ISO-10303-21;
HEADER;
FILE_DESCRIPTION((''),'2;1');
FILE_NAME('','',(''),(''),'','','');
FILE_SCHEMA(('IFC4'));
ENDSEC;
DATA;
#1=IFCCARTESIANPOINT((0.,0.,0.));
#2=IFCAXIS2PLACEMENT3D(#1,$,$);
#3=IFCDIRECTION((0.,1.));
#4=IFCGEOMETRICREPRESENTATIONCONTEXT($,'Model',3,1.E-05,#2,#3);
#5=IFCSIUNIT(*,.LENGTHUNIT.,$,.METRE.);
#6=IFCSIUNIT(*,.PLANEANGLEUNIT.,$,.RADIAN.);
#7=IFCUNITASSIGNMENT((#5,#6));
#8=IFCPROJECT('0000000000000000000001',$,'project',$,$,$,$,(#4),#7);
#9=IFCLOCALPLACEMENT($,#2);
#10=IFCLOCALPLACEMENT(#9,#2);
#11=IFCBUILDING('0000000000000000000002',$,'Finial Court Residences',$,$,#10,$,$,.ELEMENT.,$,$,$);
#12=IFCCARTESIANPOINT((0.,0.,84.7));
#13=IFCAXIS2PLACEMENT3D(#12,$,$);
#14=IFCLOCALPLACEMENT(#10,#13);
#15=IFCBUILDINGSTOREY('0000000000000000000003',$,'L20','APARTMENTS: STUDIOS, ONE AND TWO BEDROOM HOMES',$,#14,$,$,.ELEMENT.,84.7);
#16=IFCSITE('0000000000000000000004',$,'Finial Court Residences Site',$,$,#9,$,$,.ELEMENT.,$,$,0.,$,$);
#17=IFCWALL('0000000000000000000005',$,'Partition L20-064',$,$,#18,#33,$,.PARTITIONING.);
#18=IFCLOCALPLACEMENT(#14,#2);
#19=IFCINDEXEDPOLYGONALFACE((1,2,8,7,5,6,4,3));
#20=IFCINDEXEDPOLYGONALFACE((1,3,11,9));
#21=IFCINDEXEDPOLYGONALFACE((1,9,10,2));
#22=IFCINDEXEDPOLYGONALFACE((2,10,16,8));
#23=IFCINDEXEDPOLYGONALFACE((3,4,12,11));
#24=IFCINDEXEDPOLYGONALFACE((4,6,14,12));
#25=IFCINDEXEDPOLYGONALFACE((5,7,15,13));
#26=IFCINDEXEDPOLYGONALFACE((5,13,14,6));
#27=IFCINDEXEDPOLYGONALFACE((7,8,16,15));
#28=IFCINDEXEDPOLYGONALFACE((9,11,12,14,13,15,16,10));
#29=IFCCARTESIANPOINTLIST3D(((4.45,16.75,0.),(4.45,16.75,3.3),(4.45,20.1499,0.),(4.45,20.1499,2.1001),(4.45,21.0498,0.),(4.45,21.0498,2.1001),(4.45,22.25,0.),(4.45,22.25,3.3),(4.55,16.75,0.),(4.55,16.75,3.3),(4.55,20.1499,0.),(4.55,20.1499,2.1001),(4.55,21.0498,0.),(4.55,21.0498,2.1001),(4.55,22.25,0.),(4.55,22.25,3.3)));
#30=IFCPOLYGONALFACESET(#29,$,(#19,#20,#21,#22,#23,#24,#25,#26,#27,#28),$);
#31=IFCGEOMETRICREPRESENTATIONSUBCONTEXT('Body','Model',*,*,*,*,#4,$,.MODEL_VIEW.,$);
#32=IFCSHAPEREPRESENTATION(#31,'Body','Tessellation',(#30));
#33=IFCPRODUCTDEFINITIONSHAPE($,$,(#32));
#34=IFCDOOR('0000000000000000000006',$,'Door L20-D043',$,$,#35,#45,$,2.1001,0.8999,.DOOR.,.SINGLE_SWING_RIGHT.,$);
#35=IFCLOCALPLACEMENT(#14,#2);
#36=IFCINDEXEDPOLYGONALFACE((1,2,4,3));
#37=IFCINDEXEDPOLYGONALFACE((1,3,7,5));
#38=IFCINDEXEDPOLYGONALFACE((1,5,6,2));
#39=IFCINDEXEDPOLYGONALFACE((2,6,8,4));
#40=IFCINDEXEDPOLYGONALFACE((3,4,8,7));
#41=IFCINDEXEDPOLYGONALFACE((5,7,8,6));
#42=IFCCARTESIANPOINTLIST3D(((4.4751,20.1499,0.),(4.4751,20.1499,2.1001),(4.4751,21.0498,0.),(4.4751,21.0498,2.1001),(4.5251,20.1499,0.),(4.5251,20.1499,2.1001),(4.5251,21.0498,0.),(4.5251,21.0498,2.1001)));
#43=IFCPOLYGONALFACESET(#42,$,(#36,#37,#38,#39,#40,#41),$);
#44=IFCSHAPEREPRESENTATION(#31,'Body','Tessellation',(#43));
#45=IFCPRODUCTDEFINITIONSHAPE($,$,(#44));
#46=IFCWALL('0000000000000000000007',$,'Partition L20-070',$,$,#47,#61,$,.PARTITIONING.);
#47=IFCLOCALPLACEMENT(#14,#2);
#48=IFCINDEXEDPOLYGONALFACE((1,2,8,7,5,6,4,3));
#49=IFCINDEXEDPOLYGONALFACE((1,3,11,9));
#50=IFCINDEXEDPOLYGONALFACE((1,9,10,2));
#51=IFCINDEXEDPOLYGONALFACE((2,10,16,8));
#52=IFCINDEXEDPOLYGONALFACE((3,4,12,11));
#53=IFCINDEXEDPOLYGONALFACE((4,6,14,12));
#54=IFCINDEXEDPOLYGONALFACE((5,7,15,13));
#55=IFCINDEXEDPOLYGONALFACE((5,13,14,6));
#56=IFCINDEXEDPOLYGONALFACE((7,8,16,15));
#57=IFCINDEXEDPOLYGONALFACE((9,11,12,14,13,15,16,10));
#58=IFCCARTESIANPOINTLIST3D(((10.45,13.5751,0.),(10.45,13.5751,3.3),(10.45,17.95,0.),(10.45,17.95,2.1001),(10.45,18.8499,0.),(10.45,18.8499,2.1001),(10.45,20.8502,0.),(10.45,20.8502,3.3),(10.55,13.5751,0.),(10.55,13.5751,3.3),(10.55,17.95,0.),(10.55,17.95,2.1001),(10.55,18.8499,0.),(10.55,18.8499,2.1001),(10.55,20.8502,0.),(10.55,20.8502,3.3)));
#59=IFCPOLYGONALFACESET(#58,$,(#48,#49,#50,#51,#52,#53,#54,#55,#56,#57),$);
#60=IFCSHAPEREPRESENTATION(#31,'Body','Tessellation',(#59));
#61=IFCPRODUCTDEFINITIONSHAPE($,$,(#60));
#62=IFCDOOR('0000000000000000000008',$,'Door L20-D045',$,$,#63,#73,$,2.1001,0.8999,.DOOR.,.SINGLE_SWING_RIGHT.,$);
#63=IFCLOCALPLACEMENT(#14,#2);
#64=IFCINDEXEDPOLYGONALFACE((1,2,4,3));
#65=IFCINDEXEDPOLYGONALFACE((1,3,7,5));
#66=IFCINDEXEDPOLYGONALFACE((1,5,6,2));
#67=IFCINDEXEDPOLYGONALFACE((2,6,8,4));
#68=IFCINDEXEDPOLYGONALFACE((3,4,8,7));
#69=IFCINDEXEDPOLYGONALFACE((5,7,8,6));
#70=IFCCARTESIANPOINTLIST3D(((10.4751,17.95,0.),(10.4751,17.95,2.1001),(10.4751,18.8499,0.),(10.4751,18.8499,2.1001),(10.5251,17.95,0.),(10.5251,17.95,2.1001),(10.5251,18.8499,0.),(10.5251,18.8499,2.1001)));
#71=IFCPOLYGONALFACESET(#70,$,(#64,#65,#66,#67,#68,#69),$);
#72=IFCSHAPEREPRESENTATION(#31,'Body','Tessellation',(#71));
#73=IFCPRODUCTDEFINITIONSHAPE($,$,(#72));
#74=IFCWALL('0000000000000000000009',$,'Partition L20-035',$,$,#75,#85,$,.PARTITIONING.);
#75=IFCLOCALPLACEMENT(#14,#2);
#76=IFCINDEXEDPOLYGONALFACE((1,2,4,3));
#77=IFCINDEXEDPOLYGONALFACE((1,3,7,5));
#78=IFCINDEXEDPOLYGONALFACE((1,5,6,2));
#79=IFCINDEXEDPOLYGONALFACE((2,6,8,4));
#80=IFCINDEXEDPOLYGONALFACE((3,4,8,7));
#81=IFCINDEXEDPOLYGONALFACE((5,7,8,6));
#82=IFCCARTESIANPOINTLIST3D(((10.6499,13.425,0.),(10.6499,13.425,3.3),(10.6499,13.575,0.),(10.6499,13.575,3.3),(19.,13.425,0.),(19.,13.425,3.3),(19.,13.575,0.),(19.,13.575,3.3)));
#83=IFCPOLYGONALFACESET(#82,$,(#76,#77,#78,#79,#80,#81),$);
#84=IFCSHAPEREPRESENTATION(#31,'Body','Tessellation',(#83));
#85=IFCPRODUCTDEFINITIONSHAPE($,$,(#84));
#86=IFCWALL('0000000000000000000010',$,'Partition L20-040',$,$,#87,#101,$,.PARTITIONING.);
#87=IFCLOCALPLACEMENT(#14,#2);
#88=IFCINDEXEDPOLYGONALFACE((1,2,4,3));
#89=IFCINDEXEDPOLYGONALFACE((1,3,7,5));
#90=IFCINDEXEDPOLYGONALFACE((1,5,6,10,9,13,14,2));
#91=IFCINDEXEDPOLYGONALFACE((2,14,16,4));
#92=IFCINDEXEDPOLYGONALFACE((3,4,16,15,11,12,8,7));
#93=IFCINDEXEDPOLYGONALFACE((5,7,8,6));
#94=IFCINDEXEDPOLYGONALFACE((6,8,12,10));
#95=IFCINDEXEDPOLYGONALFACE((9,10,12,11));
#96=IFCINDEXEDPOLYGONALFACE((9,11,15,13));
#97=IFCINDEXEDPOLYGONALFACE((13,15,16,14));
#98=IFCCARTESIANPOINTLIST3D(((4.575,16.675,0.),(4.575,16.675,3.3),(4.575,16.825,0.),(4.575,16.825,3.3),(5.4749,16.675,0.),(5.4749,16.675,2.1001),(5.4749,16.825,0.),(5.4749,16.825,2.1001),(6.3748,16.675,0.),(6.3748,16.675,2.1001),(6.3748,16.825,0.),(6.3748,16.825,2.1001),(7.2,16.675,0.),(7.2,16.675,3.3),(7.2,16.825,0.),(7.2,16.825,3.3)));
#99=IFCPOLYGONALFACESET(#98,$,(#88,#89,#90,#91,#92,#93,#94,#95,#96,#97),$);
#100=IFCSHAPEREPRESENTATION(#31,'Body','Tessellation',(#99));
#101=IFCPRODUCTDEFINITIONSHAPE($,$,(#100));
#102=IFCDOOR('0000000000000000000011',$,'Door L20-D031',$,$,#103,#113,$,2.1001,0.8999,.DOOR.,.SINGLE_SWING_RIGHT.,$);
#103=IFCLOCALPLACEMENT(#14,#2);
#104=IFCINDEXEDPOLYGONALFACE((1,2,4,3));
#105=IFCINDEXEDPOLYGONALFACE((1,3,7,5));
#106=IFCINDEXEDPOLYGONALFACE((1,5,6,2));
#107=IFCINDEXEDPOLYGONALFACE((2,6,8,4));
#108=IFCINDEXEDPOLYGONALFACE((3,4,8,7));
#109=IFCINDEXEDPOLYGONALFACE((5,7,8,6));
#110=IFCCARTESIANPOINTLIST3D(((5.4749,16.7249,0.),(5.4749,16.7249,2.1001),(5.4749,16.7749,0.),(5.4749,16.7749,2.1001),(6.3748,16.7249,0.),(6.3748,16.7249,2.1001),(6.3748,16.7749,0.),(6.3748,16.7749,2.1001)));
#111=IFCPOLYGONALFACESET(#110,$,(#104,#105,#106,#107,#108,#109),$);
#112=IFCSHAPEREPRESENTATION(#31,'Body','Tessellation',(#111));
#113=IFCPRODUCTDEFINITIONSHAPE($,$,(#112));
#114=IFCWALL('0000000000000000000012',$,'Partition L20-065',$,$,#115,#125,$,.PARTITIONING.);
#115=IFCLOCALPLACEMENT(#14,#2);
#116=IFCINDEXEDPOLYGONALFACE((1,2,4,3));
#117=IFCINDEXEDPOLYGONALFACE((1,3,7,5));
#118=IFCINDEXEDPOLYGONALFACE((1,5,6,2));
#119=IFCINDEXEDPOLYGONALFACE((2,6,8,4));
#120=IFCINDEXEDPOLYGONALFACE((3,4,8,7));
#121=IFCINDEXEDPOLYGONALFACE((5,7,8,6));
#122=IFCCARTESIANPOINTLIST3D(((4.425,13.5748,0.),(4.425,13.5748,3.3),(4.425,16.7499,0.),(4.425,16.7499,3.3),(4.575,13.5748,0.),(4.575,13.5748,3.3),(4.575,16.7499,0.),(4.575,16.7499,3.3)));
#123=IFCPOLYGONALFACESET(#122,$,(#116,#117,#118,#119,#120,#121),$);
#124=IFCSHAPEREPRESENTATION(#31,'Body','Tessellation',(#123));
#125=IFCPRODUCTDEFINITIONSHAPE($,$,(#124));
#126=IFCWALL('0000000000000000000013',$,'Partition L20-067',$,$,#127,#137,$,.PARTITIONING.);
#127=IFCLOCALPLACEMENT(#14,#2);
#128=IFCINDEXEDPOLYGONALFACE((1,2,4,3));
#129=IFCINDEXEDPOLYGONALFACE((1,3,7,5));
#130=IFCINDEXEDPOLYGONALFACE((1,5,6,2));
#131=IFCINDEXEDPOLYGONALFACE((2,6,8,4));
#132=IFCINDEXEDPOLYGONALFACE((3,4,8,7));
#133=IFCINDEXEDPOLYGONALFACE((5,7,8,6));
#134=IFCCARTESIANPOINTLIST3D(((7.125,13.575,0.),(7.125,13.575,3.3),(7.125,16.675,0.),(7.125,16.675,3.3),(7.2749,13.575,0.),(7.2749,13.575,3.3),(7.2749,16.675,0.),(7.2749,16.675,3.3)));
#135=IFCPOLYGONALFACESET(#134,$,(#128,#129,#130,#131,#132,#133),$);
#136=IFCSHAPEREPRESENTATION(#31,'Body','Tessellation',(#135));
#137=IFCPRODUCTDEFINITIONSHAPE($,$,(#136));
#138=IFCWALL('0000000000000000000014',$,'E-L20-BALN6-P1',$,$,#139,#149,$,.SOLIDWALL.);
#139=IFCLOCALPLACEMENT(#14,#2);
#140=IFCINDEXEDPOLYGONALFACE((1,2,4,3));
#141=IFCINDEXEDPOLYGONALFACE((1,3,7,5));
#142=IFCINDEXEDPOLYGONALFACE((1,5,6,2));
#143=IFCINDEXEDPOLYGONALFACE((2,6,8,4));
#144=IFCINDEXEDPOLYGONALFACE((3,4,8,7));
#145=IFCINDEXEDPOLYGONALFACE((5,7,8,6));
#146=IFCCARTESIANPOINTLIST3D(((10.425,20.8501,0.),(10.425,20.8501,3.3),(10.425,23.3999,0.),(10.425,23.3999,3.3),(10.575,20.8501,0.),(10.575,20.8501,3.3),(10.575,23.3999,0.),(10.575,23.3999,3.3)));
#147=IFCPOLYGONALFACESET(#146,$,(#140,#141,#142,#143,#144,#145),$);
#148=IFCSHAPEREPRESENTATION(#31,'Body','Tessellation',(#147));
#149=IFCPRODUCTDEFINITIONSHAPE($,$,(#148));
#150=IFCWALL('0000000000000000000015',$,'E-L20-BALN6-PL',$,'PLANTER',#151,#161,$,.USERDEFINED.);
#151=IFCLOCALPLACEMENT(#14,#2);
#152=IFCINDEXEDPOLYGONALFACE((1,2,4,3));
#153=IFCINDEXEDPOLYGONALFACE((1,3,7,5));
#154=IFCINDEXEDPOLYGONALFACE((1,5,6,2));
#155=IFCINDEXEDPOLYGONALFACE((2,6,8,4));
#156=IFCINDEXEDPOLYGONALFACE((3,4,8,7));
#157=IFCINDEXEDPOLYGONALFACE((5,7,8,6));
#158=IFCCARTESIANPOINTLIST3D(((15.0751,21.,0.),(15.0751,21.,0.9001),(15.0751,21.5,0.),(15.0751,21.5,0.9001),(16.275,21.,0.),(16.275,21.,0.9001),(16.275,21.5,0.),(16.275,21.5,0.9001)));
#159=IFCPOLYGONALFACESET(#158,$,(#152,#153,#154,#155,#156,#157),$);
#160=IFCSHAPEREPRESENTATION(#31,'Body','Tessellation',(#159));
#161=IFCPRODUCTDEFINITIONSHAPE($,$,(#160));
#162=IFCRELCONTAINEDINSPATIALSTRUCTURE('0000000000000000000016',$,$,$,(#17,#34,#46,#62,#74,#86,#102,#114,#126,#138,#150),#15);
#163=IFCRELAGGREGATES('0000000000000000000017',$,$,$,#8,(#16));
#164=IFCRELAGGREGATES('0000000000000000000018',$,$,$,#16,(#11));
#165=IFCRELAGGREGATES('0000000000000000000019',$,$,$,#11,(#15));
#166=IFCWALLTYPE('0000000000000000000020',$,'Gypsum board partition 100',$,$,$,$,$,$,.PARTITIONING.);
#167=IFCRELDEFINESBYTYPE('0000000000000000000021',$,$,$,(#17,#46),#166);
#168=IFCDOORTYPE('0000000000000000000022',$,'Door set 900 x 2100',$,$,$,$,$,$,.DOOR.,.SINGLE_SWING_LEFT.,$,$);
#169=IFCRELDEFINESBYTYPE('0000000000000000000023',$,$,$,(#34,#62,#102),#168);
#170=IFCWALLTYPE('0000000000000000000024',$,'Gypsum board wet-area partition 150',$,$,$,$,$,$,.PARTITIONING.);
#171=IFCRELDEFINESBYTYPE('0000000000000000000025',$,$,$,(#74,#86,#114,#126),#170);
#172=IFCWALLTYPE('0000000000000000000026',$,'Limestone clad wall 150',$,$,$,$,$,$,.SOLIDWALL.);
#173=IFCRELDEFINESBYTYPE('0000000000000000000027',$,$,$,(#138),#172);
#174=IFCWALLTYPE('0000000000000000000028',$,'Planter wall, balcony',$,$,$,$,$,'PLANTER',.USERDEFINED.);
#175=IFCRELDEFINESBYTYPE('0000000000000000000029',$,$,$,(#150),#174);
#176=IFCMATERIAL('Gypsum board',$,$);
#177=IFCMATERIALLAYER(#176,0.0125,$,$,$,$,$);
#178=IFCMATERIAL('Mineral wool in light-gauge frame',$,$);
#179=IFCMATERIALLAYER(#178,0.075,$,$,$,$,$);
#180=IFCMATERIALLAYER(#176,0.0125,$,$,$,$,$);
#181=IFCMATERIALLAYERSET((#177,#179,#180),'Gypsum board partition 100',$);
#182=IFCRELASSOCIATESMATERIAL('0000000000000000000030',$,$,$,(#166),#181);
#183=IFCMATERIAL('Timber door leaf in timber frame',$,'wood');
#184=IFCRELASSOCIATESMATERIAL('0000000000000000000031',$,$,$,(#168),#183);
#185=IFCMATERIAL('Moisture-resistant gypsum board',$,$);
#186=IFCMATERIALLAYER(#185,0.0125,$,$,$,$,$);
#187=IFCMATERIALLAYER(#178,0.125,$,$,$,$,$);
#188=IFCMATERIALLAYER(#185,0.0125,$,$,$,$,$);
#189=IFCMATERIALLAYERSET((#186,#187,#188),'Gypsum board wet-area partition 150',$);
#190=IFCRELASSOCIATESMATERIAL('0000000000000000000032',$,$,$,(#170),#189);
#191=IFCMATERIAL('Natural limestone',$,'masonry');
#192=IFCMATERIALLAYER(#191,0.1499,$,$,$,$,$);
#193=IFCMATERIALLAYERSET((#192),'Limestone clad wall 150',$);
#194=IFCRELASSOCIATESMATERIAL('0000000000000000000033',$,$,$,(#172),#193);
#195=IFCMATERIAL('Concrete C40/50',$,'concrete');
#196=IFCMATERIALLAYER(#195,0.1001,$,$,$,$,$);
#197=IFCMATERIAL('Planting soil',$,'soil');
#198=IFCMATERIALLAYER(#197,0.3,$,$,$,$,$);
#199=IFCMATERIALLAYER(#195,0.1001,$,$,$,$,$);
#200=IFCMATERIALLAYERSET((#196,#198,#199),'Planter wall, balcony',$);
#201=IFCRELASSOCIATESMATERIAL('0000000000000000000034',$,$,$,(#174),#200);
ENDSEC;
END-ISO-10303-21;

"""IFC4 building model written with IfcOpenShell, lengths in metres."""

from ifc_helpers import new_model, si_unit, direction, frame, frame_2d, origin, place, context, subcontext, project, spatial, rectangle, extrude, material, layer, layer_set, type_object, element, fill, save


model = new_model("IFC4")

# Units and contexts
model_context = context("Model", 3, precision=1e-05, world=origin(), true_north=direction((0.0, 1.0)))
body_context = subcontext(model_context, "Body", "Model", "MODEL_VIEW")
ifc_project = project(units=[si_unit("LENGTHUNIT", "METRE"), si_unit("PLANEANGLEUNIT", "RADIAN")], contexts=[model_context])

# Site, building, storey
site_placement = place(None, origin())
site = spatial("IfcSite", under=ifc_project, at=site_placement, Name="Finial Court Residences Site", CompositionType="ELEMENT", RefElevation=0.0)
building_placement = place(site_placement, origin())
building = spatial("IfcBuilding", under=site, at=building_placement, Name="Finial Court Residences", CompositionType="ELEMENT")
storey_placement = place(building_placement, frame((0.0, 0.0, 84.7)))
storey = spatial("IfcBuildingStorey", under=building, at=storey_placement, Name="L20", Description="APARTMENTS: STUDIOS, ONE AND TWO BEDROOM HOMES", CompositionType="ELEMENT", Elevation=84.7)

# Walls, openings, doors
ifc_material_1 = material(Name="Gypsum board")
ifc_layer_1 = layer(ifc_material_1, 0.0125)
ifc_material_2 = material(Name="Mineral wool in light-gauge frame")
ifc_layer_2 = layer(ifc_material_2, 0.075)
ifc_layer_3 = layer(ifc_material_1, 0.0125)
ifc_layer_set_1 = layer_set([ifc_layer_1, ifc_layer_2, ifc_layer_3], Name="Gypsum board partition 100")
wall_type_1 = type_object("IfcWallType", Name="Gypsum board partition 100", PredefinedType="PARTITIONING", material=ifc_layer_set_1)
ifc_material_3 = material(Name="Timber door leaf in timber frame", Category="wood")
door_type_1 = type_object("IfcDoorType", Name="Door set 900 x 2100", OperationType="SINGLE_SWING_LEFT", PredefinedType="DOOR", material=ifc_material_3)
wall_1_placement = place(storey_placement, frame((4.5, 16.75, 0.0), z_axis=(0.0, 0.0, 1.0), x_axis=(0.0, 1.0, 0.0)))
wall_1 = element("IfcWall", 1, at=wall_1_placement, inside=storey, type_object=wall_type_1, Name="Partition L20-064", PredefinedType="PARTITIONING", context=body_context, shape_type="SweptSolid", body=[
    extrude(rectangle(XDim=5.5, YDim=0.1001, at=frame_2d((2.75, 0.0))), origin(), (0.0, 0.0, 1.0), 3.3),
])
opening_1_placement = place(wall_1_placement, frame((3.3999, 0.0, 0.0)))
opening_1 = element("IfcOpeningElement", 2, at=opening_1_placement, cuts=wall_1, PredefinedType="OPENING", context=body_context, shape_type="SweptSolid", body=[
    extrude(rectangle(XDim=0.8999, YDim=2.1001, at=frame_2d((0.45, 1.05))), frame((0.0, 0.0601, 0.0), z_axis=(0.0, -1.0, 0.0), x_axis=(1.0, 0.0, 0.0)), (0.0, 0.0, 1.0), 0.1201),
])
door_1_placement = place(opening_1_placement, origin())
door_1 = element("IfcDoor", 3, at=door_1_placement, inside=storey, type_object=door_type_1, Name="Door L20-D043", OperationType="SINGLE_SWING_RIGHT", OverallHeight=2.1001, OverallWidth=0.8999, PredefinedType="DOOR", context=body_context, shape_type="SweptSolid", body=[
    extrude(rectangle(XDim=0.8999, YDim=2.1001, at=frame_2d((0.45, 1.05))), frame((0.0, 0.0249, 0.0), z_axis=(0.0, -1.0, 0.0), x_axis=(1.0, 0.0, 0.0)), (0.0, 0.0, 1.0), 0.05),
])
fill(opening_1, door_1)
wall_2_placement = place(storey_placement, frame((10.5, 13.575, 0.0), z_axis=(0.0, 0.0, 1.0), x_axis=(0.0, 1.0, 0.0)))
wall_2 = element("IfcWall", 4, at=wall_2_placement, inside=storey, type_object=wall_type_1, Name="Partition L20-070", PredefinedType="PARTITIONING", context=body_context, shape_type="SweptSolid", body=[
    extrude(rectangle(XDim=7.2751, YDim=0.1001, at=frame_2d((3.6377, 0.0))), origin(), (0.0, 0.0, 1.0), 3.3),
])
opening_2_placement = place(wall_2_placement, frame((4.375, 0.0, 0.0)))
opening_2 = element("IfcOpeningElement", 5, at=opening_2_placement, cuts=wall_2, PredefinedType="OPENING", context=body_context, shape_type="SweptSolid", body=[
    extrude(rectangle(XDim=0.8999, YDim=2.1001, at=frame_2d((0.45, 1.05))), frame((0.0, 0.0601, 0.0), z_axis=(0.0, -1.0, 0.0), x_axis=(1.0, 0.0, 0.0)), (0.0, 0.0, 1.0), 0.1201),
])
door_2_placement = place(opening_2_placement, origin())
door_2 = element("IfcDoor", 6, at=door_2_placement, inside=storey, type_object=door_type_1, Name="Door L20-D045", OperationType="SINGLE_SWING_RIGHT", OverallHeight=2.1001, OverallWidth=0.8999, PredefinedType="DOOR", context=body_context, shape_type="SweptSolid", body=[
    extrude(rectangle(XDim=0.8999, YDim=2.1001, at=frame_2d((0.45, 1.05))), frame((0.0, 0.0249, 0.0), z_axis=(0.0, -1.0, 0.0), x_axis=(1.0, 0.0, 0.0)), (0.0, 0.0, 1.0), 0.05),
])
fill(opening_2, door_2)

# Wall
ifc_material_4 = material(Name="Moisture-resistant gypsum board")
ifc_layer_4 = layer(ifc_material_4, 0.0125)
ifc_layer_5 = layer(ifc_material_2, 0.125)
ifc_layer_6 = layer(ifc_material_4, 0.0125)
ifc_layer_set_2 = layer_set([ifc_layer_4, ifc_layer_5, ifc_layer_6], Name="Gypsum board wet-area partition 150")
wall_type_2 = type_object("IfcWallType", Name="Gypsum board wet-area partition 150", PredefinedType="PARTITIONING", material=ifc_layer_set_2)
wall_3_placement = place(storey_placement, frame((10.6499, 13.5, 0.0), z_axis=(0.0, 0.0, 1.0), x_axis=(1.0, 0.0, 0.0)))
element("IfcWall", 7, at=wall_3_placement, inside=storey, type_object=wall_type_2, Name="Partition L20-035", PredefinedType="PARTITIONING", context=body_context, shape_type="SweptSolid", body=[
    extrude(rectangle(XDim=8.3501, YDim=0.1499, at=frame_2d((4.175, 0.0))), origin(), (0.0, 0.0, 1.0), 3.3),
])

# Wall, opening, door
wall_4_placement = place(storey_placement, frame((4.575, 16.75, 0.0), z_axis=(0.0, 0.0, 1.0), x_axis=(1.0, 0.0, 0.0)))
wall_4 = element("IfcWall", 8, at=wall_4_placement, inside=storey, type_object=wall_type_2, Name="Partition L20-040", PredefinedType="PARTITIONING", context=body_context, shape_type="SweptSolid", body=[
    extrude(rectangle(XDim=2.625, YDim=0.1499, at=frame_2d((1.3125, 0.0))), origin(), (0.0, 0.0, 1.0), 3.3),
])
opening_3_placement = place(wall_4_placement, frame((0.8999, 0.0, 0.0)))
opening_3 = element("IfcOpeningElement", 9, at=opening_3_placement, cuts=wall_4, PredefinedType="OPENING", context=body_context, shape_type="SweptSolid", body=[
    extrude(rectangle(XDim=0.8999, YDim=2.1001, at=frame_2d((0.45, 1.05))), frame((0.0, 0.085, 0.0), z_axis=(0.0, -1.0, 0.0), x_axis=(1.0, 0.0, 0.0)), (0.0, 0.0, 1.0), 0.1699),
])
door_3_placement = place(opening_3_placement, origin())
door_3 = element("IfcDoor", 10, at=door_3_placement, inside=storey, type_object=door_type_1, Name="Door L20-D031", OperationType="SINGLE_SWING_RIGHT", OverallHeight=2.1001, OverallWidth=0.8999, PredefinedType="DOOR", context=body_context, shape_type="SweptSolid", body=[
    extrude(rectangle(XDim=0.8999, YDim=2.1001, at=frame_2d((0.45, 1.05))), frame((0.0, 0.0249, 0.0), z_axis=(0.0, -1.0, 0.0), x_axis=(1.0, 0.0, 0.0)), (0.0, 0.0, 1.0), 0.05),
])
fill(opening_3, door_3)

# Walls
wall_5_placement = place(storey_placement, frame((4.5, 13.575, 0.0), z_axis=(0.0, 0.0, 1.0), x_axis=(0.0, 1.0, 0.0)))
element("IfcWall", 11, at=wall_5_placement, inside=storey, type_object=wall_type_2, Name="Partition L20-065", PredefinedType="PARTITIONING", context=body_context, shape_type="SweptSolid", body=[
    extrude(rectangle(XDim=3.175, YDim=0.1499, at=frame_2d((1.5874, 0.0))), origin(), (0.0, 0.0, 1.0), 3.3),
])
wall_6_placement = place(storey_placement, frame((7.2, 13.575, 0.0), z_axis=(0.0, 0.0, 1.0), x_axis=(0.0, 1.0, 0.0)))
element("IfcWall", 12, at=wall_6_placement, inside=storey, type_object=wall_type_2, Name="Partition L20-067", PredefinedType="PARTITIONING", context=body_context, shape_type="SweptSolid", body=[
    extrude(rectangle(XDim=3.1001, YDim=0.1499, at=frame_2d((1.55, 0.0))), origin(), (0.0, 0.0, 1.0), 3.3),
])
ifc_material_5 = material(Name="Natural limestone", Category="masonry")
ifc_layer_7 = layer(ifc_material_5, 0.1499)
ifc_layer_set_3 = layer_set([ifc_layer_7], Name="Limestone clad wall 150")
wall_type_3 = type_object("IfcWallType", Name="Limestone clad wall 150", PredefinedType="SOLIDWALL", material=ifc_layer_set_3)
wall_7_placement = place(storey_placement, frame((10.5, 20.8501, 0.0), z_axis=(0.0, 0.0, 1.0), x_axis=(0.0, 1.0, 0.0)))
element("IfcWall", 13, at=wall_7_placement, inside=storey, type_object=wall_type_3, Name="E-L20-BALN6-P1", PredefinedType="SOLIDWALL", context=body_context, shape_type="SweptSolid", body=[
    extrude(rectangle(XDim=2.5498, YDim=0.1499, at=frame_2d((1.2749, 0.0))), origin(), (0.0, 0.0, 1.0), 3.3),
])

# Wall
ifc_material_6 = material(Name="Concrete C40/50", Category="concrete")
ifc_layer_8 = layer(ifc_material_6, 0.1001)
ifc_material_7 = material(Name="Planting soil", Category="soil")
ifc_layer_9 = layer(ifc_material_7, 0.3)
ifc_layer_10 = layer(ifc_material_6, 0.1001)
ifc_layer_set_4 = layer_set([ifc_layer_8, ifc_layer_9, ifc_layer_10], Name="Planter wall, balcony")
wall_type_4 = type_object("IfcWallType", Name="Planter wall, balcony", ElementType="PLANTER", PredefinedType="USERDEFINED", material=ifc_layer_set_4)
wall_8_placement = place(storey_placement, frame((15.075, 21.25, 0.0), z_axis=(0.0, 0.0, 1.0), x_axis=(1.0, 0.0, 0.0)))
element("IfcWall", 14, at=wall_8_placement, inside=storey, type_object=wall_type_4, Name="E-L20-BALN6-PL", ObjectType="PLANTER", PredefinedType="USERDEFINED", context=body_context, shape_type="SweptSolid", body=[
    extrude(rectangle(XDim=1.2, YDim=0.5, at=frame_2d((0.6001, 0.0))), origin(), (0.0, 0.0, 1.0), 0.9001),
])

save(model, "model.ifc")
